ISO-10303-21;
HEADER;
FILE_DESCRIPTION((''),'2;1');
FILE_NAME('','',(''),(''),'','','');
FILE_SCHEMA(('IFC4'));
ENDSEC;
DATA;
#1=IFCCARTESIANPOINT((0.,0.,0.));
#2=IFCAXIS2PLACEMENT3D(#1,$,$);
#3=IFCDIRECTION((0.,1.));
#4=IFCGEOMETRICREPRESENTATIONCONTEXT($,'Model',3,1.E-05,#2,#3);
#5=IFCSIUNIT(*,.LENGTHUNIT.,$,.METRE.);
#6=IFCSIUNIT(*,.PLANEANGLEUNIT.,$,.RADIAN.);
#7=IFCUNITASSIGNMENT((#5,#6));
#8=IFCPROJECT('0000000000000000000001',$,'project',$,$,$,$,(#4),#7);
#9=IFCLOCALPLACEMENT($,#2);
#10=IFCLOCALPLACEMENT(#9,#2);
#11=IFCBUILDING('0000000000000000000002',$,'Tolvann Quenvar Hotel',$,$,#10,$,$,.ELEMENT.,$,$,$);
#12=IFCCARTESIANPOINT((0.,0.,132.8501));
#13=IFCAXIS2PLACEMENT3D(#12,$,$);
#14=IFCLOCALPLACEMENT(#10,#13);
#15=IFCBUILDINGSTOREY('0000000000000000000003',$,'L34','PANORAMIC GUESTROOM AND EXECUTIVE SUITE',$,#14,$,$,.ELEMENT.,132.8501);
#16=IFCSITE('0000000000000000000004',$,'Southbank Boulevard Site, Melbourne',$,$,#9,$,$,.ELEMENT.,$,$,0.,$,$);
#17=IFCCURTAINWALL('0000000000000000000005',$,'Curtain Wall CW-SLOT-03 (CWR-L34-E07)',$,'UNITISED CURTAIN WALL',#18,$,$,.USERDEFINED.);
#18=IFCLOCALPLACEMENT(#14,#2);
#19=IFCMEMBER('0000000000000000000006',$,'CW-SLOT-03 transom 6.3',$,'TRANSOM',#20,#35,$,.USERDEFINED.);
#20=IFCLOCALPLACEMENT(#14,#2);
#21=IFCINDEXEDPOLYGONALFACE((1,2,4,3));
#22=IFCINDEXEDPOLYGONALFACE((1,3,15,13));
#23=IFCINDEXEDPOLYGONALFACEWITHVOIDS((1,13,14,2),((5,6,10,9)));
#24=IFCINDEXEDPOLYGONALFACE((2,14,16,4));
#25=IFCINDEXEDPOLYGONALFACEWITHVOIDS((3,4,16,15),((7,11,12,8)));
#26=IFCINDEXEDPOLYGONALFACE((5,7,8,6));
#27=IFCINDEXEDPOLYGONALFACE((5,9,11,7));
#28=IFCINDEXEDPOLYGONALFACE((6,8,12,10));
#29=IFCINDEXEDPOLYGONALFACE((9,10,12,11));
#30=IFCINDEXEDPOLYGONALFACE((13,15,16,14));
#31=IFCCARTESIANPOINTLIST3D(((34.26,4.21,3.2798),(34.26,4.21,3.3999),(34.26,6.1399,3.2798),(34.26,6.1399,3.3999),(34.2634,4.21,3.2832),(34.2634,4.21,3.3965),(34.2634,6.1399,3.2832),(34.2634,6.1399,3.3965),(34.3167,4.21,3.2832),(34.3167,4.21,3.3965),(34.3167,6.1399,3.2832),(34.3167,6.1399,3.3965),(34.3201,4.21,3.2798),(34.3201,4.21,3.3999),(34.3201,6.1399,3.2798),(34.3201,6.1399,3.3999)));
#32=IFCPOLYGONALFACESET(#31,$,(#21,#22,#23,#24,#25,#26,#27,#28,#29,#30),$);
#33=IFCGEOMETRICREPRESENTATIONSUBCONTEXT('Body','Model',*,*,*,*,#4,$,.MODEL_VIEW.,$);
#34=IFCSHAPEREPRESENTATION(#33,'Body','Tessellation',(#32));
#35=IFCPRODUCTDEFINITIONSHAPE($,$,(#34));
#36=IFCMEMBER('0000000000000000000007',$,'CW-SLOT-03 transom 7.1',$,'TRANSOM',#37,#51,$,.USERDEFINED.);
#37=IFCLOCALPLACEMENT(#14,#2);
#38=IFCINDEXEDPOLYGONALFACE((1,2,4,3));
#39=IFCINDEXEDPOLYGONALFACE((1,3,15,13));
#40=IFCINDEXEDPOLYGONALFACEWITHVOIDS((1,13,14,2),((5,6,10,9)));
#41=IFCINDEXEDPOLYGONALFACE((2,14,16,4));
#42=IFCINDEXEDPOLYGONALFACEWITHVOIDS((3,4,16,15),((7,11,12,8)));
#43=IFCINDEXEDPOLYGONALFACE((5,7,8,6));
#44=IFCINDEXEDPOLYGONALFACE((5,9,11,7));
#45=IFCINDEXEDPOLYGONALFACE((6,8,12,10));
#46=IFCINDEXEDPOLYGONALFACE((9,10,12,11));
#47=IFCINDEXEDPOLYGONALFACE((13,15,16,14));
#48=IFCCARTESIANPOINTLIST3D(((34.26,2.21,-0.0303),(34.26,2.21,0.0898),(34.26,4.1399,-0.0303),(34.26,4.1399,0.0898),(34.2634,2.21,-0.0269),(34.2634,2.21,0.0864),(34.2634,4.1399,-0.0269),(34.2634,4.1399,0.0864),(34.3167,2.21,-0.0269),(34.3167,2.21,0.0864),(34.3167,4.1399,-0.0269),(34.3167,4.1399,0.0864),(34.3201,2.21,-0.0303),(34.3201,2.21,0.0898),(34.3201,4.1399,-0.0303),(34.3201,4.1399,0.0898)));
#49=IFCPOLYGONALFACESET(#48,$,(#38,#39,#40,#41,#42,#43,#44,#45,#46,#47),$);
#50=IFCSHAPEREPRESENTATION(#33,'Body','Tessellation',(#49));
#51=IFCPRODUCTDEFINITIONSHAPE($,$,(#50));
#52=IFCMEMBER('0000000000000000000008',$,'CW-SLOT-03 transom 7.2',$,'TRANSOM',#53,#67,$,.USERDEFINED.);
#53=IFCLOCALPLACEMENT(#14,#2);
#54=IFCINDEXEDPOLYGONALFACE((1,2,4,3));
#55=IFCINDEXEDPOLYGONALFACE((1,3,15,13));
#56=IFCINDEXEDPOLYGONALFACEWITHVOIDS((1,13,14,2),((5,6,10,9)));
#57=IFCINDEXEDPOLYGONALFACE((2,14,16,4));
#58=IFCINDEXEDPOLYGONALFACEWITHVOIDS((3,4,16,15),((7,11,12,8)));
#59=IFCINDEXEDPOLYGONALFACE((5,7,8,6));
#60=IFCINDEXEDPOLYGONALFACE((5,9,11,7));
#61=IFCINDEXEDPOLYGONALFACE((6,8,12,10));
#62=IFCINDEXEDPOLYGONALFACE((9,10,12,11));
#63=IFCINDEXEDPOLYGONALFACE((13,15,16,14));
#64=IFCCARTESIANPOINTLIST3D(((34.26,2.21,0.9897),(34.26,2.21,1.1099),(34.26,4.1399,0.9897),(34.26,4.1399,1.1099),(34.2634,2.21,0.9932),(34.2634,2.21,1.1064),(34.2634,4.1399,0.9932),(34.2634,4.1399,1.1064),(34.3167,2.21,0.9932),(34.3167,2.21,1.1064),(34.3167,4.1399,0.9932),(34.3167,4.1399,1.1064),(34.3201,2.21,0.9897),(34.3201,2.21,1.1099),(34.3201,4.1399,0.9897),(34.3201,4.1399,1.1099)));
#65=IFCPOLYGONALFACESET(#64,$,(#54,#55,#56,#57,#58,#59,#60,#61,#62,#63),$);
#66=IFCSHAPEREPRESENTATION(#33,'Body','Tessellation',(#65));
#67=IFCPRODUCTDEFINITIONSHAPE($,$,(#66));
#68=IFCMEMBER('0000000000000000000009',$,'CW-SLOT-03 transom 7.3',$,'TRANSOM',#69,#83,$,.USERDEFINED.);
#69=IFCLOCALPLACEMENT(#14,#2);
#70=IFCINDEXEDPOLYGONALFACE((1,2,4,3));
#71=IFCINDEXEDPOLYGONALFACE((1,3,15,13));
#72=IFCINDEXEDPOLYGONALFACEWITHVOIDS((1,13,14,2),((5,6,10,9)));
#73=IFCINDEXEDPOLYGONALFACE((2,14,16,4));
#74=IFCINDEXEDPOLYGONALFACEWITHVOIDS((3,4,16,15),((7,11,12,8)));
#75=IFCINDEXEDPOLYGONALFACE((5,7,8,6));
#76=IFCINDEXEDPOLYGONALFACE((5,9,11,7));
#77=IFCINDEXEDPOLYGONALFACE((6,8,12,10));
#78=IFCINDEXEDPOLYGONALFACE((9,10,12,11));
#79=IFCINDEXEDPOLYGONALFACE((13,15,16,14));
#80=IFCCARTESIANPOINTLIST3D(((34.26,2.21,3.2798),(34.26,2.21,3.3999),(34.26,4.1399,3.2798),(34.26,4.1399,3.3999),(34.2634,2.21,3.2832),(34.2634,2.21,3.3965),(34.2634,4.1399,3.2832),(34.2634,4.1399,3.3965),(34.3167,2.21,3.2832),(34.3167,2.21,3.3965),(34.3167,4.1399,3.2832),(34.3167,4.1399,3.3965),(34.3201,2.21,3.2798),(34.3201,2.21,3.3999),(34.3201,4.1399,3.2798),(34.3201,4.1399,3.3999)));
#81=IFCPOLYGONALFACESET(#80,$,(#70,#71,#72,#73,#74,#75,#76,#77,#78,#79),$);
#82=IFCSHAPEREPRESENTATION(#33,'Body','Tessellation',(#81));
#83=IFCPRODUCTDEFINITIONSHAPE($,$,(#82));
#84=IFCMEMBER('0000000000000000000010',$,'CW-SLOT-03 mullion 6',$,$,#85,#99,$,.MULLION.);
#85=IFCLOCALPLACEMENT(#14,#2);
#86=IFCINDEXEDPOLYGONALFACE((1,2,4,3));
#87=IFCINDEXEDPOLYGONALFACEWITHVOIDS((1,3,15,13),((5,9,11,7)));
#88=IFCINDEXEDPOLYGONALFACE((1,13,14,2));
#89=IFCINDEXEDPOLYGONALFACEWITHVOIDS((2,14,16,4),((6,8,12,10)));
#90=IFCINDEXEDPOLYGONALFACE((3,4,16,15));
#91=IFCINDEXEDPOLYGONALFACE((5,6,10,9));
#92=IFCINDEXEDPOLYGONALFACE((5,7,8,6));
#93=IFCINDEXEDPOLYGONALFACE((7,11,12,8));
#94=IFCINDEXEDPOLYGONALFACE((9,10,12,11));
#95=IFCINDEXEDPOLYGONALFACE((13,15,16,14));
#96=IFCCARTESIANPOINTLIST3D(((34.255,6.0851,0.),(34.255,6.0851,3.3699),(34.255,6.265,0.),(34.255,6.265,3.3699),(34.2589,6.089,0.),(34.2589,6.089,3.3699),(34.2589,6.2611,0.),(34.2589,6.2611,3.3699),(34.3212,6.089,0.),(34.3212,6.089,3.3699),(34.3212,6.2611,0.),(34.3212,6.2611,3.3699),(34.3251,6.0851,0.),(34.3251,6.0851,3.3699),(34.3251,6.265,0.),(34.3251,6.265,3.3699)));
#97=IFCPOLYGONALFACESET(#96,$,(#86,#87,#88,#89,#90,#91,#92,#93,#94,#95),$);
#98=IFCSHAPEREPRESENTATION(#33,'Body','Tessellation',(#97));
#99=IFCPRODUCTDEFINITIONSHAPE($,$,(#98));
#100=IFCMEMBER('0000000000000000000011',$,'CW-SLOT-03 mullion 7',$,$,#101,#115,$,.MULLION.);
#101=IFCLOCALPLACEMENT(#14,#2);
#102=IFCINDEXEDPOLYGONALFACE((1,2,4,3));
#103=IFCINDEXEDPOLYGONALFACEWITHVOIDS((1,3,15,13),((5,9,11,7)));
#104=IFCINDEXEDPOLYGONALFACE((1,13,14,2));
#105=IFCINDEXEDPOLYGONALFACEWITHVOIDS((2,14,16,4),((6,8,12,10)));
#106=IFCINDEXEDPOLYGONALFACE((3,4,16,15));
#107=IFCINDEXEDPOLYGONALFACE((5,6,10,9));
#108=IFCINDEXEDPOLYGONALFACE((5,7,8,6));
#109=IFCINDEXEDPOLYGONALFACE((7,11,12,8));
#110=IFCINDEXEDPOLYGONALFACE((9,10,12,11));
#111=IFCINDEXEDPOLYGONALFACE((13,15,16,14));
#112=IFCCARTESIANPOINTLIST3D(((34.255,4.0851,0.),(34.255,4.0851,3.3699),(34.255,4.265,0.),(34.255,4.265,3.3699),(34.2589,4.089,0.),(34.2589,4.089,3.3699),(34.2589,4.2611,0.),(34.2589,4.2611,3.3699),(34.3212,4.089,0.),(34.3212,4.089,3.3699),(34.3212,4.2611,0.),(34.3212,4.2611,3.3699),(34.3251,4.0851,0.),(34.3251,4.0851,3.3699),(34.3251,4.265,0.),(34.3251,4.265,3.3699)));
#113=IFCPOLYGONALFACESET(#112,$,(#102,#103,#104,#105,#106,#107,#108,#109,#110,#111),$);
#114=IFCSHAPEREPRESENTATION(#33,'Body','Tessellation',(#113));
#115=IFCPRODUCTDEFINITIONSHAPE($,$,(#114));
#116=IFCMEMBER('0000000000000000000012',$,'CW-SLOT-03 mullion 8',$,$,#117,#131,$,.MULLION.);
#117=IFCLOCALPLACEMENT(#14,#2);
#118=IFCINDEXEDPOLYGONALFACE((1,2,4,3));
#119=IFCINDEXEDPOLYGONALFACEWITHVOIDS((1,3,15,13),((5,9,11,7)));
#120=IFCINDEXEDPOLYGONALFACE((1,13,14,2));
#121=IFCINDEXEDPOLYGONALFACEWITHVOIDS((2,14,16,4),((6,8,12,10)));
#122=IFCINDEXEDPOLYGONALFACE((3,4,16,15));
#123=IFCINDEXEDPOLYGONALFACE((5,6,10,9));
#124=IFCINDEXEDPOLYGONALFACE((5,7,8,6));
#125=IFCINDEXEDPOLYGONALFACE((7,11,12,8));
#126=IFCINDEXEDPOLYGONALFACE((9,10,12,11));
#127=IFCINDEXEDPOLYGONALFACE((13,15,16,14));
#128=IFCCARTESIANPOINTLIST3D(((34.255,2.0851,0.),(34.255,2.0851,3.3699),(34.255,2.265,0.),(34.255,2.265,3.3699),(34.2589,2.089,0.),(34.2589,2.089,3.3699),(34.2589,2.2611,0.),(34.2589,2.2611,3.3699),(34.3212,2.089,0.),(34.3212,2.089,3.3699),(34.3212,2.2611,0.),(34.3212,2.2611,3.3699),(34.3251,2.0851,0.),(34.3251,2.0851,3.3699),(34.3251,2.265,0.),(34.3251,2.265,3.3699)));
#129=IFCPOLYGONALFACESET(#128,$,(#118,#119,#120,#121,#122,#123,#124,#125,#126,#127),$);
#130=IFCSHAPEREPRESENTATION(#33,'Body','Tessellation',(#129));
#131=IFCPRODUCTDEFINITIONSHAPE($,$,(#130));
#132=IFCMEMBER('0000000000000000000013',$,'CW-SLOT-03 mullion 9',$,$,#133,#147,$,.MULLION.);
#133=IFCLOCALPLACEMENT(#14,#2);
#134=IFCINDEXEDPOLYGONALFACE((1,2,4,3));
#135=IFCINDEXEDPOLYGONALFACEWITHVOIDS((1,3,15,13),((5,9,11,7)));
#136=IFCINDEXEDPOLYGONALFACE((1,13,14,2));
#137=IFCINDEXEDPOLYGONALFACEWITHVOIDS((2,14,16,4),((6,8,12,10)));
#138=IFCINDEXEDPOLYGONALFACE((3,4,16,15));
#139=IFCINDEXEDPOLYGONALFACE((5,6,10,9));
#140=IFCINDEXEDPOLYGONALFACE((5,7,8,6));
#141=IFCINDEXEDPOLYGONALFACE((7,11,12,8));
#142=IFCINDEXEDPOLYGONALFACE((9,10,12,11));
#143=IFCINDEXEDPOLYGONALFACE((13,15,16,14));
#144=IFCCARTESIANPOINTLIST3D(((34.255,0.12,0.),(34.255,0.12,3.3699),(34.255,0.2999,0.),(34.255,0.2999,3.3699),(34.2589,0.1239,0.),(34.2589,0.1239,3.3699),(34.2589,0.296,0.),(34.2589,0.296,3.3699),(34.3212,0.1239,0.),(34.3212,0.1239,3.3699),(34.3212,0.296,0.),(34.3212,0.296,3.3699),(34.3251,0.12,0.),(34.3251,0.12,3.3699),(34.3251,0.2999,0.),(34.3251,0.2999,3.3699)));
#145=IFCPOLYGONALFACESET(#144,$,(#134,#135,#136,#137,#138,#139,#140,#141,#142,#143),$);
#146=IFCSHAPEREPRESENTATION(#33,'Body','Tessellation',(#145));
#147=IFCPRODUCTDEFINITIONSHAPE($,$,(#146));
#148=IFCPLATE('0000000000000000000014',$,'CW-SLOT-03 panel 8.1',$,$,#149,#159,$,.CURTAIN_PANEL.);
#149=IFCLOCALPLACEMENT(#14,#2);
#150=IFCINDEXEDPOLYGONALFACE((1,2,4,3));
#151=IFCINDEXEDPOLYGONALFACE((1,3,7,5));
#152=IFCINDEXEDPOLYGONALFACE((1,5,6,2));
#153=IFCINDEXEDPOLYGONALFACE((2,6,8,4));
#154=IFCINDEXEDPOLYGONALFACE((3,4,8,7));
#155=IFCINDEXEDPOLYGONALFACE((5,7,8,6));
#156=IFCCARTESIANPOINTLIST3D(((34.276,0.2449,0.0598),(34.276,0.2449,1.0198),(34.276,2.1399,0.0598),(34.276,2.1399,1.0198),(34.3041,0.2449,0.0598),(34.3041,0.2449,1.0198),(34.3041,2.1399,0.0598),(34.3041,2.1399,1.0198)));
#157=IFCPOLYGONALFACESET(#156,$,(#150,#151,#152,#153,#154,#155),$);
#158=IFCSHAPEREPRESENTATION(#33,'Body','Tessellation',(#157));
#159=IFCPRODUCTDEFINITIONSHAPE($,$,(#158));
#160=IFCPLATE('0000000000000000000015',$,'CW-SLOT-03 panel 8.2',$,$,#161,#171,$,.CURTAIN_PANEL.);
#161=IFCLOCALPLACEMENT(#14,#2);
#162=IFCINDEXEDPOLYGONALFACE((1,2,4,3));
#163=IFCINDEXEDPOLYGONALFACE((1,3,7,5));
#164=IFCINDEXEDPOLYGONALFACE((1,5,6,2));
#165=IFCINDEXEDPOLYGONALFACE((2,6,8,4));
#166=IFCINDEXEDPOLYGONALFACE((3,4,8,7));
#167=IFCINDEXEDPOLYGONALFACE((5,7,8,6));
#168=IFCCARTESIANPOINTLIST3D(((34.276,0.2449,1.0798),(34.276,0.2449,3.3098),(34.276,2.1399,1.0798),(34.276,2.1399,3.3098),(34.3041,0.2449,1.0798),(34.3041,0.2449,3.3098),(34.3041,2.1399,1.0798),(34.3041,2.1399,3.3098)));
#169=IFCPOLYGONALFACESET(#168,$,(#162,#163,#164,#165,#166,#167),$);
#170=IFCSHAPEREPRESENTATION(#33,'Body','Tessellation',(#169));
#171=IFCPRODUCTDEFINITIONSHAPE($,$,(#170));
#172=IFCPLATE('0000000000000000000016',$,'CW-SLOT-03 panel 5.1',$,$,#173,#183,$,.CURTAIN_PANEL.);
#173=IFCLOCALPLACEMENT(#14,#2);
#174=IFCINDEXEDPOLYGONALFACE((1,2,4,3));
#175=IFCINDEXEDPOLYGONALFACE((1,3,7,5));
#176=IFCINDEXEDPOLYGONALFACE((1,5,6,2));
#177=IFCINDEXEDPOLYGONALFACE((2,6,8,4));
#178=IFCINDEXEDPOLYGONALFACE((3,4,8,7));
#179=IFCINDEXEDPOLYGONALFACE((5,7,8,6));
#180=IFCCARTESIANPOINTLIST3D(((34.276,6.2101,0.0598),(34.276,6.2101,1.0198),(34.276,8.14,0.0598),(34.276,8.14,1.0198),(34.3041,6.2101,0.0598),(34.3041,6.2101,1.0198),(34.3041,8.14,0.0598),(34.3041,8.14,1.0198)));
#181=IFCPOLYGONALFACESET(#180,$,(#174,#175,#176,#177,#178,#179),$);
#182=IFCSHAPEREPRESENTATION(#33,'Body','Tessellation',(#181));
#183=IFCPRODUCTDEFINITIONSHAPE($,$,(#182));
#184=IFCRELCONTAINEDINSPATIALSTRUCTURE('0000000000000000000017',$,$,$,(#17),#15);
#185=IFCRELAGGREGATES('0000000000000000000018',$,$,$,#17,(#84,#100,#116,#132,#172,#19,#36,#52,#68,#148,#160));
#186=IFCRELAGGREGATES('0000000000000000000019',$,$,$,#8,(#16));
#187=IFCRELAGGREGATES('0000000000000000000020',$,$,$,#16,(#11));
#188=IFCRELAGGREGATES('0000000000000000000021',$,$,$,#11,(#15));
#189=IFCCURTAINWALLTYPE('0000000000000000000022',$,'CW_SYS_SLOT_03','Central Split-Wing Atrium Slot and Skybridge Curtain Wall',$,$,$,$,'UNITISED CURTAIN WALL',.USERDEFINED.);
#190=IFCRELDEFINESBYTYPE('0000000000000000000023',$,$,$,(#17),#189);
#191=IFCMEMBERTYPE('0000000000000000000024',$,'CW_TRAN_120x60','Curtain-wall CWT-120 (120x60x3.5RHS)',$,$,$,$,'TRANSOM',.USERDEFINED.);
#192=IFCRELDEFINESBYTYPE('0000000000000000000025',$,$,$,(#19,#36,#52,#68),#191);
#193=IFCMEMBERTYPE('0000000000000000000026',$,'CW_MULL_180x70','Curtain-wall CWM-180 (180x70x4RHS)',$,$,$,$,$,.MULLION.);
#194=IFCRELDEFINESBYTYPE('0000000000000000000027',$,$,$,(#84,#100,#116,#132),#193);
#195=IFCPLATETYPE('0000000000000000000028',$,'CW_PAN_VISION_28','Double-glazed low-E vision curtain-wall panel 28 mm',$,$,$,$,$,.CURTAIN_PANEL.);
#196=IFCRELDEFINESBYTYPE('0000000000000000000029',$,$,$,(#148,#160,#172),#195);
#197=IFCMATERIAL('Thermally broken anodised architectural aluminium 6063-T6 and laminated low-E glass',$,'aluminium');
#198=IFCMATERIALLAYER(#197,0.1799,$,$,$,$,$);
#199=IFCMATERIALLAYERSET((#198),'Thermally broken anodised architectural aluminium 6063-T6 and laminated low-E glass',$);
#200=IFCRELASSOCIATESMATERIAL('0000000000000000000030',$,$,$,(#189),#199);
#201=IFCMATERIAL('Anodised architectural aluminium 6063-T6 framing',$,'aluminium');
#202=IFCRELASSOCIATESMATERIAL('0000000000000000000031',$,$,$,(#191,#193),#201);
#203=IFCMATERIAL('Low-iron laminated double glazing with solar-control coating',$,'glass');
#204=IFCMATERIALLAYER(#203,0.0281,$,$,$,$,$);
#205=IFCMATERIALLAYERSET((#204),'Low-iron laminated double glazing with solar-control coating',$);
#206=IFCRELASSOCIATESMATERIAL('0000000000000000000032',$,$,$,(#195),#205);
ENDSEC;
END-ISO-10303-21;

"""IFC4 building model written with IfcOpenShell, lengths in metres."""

from ifc_helpers import new_model, si_unit, direction, frame, origin, origin_2d, place, context, subcontext, project, spatial, rectangle, hollow_rectangle, extrude, source, transform, mapped, material, layer, layer_set, material_profile, profile_set, type_object, type_shapes, element, aggregate, save


model = new_model("IFC4")

# Units and contexts
model_context = context("Model", 3, precision=1e-05, world=origin(), true_north=direction((0.0, 1.0)))
body_context = subcontext(model_context, "Body", "Model", "MODEL_VIEW")
ifc_project = project(units=[si_unit("LENGTHUNIT", "METRE"), si_unit("PLANEANGLEUNIT", "RADIAN")], contexts=[model_context])

# Site, building, storey
site_placement = place(None, origin())
site = spatial("IfcSite", under=ifc_project, at=site_placement, Name="Southbank Boulevard Site, Melbourne", CompositionType="ELEMENT", RefElevation=0.0)
building_placement = place(site_placement, origin())
building = spatial("IfcBuilding", under=site, at=building_placement, Name="Tolvann Quenvar Hotel", CompositionType="ELEMENT")
storey_placement = place(building_placement, frame((0.0, 0.0, 132.8501)))
storey = spatial("IfcBuildingStorey", under=building, at=storey_placement, Name="L34", Description="PANORAMIC GUESTROOM AND EXECUTIVE SUITE", CompositionType="ELEMENT", Elevation=132.8501)

# Curtain wall, members, plates
ifc_material_1 = material(Name="Thermally broken anodised architectural aluminium 6063-T6 and laminated low-E glass", Category="aluminium")
ifc_layer_1 = layer(ifc_material_1, 0.1799)
ifc_layer_set_1 = layer_set([ifc_layer_1], Name="Thermally broken anodised architectural aluminium 6063-T6 and laminated low-E glass")
curtain_wall_type = type_object("IfcCurtainWallType", Name="CW_SYS_SLOT_03", Description="Central Split-Wing Atrium Slot and Skybridge Curtain Wall", ElementType="UNITISED CURTAIN WALL", PredefinedType="USERDEFINED", material=ifc_layer_set_1)
curtain_wall_placement = place(storey_placement, origin())
curtain_wall = element("IfcCurtainWall", 1, at=curtain_wall_placement, inside=storey, type_object=curtain_wall_type, Name="Curtain Wall CW-SLOT-03 (CWR-L34-E07)", ObjectType="UNITISED CURTAIN WALL", PredefinedType="USERDEFINED")
ifc_material_2 = material(Name="Anodised architectural aluminium 6063-T6 framing", Category="aluminium")
ifc_material_profile_1 = material_profile(ifc_material_2, hollow_rectangle(XDim=0.0601, YDim=0.1201, WallThickness=0.0034, at=origin_2d()), Name="120x60x3.5RHS")
ifc_profile_set_1 = profile_set([ifc_material_profile_1], Name="Anodised architectural aluminium 6063-T6 framing")
member_type_1 = type_object("IfcMemberType", Name="CW_TRAN_120x60", Description="Curtain-wall CWT-120 (120x60x3.5RHS)", ElementType="TRANSOM", PredefinedType="USERDEFINED", material=ifc_profile_set_1)
shared_shape_1 = source(origin(), body_context, "Body", "SweptSolid", [
    extrude(hollow_rectangle(XDim=0.0601, YDim=0.1201, WallThickness=0.0034, at=origin_2d()), origin(), (0.0, 0.0, 1.0), 1.9299),
])
member_1_placement = place(storey_placement, frame((34.29, 6.1399, 3.3398), z_axis=(0.0, -1.0, 0.0), x_axis=(1.0, 0.0, 0.0)))
member_1 = element("IfcMember", 2, at=member_1_placement, type_object=member_type_1, Name="CW-SLOT-03 transom 6.3", ObjectType="TRANSOM", PredefinedType="USERDEFINED", context=body_context, shape_type="MappedRepresentation", body=[
    mapped(shared_shape_1, transform((0.0, 0.0, 0.0), x_axis=(1.0, 0.0, 0.0), y_axis=(0.0, 1.0, 0.0), z_axis=(0.0, 0.0, 1.0), scale=1.0)),
])
member_2_placement = place(storey_placement, frame((34.29, 4.1399, 0.0298), z_axis=(0.0, -1.0, 0.0), x_axis=(1.0, 0.0, 0.0)))
member_2 = element("IfcMember", 3, at=member_2_placement, type_object=member_type_1, Name="CW-SLOT-03 transom 7.1", ObjectType="TRANSOM", PredefinedType="USERDEFINED", context=body_context, shape_type="MappedRepresentation", body=[
    mapped(shared_shape_1, transform((0.0, 0.0, 0.0), x_axis=(1.0, 0.0, 0.0), y_axis=(0.0, 1.0, 0.0), z_axis=(0.0, 0.0, 1.0), scale=1.0)),
])
member_3_placement = place(storey_placement, frame((34.29, 4.1399, 1.0498), z_axis=(0.0, -1.0, 0.0), x_axis=(1.0, 0.0, 0.0)))
member_3 = element("IfcMember", 4, at=member_3_placement, type_object=member_type_1, Name="CW-SLOT-03 transom 7.2", ObjectType="TRANSOM", PredefinedType="USERDEFINED", context=body_context, shape_type="MappedRepresentation", body=[
    mapped(shared_shape_1, transform((0.0, 0.0, 0.0), x_axis=(1.0, 0.0, 0.0), y_axis=(0.0, 1.0, 0.0), z_axis=(0.0, 0.0, 1.0), scale=1.0)),
])
member_4_placement = place(storey_placement, frame((34.29, 4.1399, 3.3398), z_axis=(0.0, -1.0, 0.0), x_axis=(1.0, 0.0, 0.0)))
member_4 = element("IfcMember", 5, at=member_4_placement, type_object=member_type_1, Name="CW-SLOT-03 transom 7.3", ObjectType="TRANSOM", PredefinedType="USERDEFINED", context=body_context, shape_type="MappedRepresentation", body=[
    mapped(shared_shape_1, transform((0.0, 0.0, 0.0), x_axis=(1.0, 0.0, 0.0), y_axis=(0.0, 1.0, 0.0), z_axis=(0.0, 0.0, 1.0), scale=1.0)),
])
ifc_material_profile_2 = material_profile(ifc_material_2, hollow_rectangle(XDim=0.0701, YDim=0.1799, WallThickness=0.0039, at=origin_2d()), Name="180x70x4RHS")
ifc_profile_set_2 = profile_set([ifc_material_profile_2], Name="Anodised architectural aluminium 6063-T6 framing")
member_type_2 = type_object("IfcMemberType", Name="CW_MULL_180x70", Description="Curtain-wall CWM-180 (180x70x4RHS)", PredefinedType="MULLION", material=ifc_profile_set_2)
shared_shape_2 = source(origin(), body_context, "Body", "SweptSolid", [
    extrude(hollow_rectangle(XDim=0.0701, YDim=0.1799, WallThickness=0.0039, at=origin_2d()), origin(), (0.0, 0.0, 1.0), 3.3699),
])
type_shapes(member_type_2, [shared_shape_2])
member_5_placement = place(storey_placement, frame((34.29, 6.175, 0.0), z_axis=(0.0, 0.0, 1.0), x_axis=(1.0, 0.0, 0.0)))
member_5 = element("IfcMember", 6, at=member_5_placement, type_object=member_type_2, Name="CW-SLOT-03 mullion 6", PredefinedType="MULLION", context=body_context, shape_type="MappedRepresentation", body=[
    mapped(shared_shape_2, transform((0.0, 0.0, 0.0), x_axis=(1.0, 0.0, 0.0), y_axis=(0.0, 1.0, 0.0), z_axis=(0.0, 0.0, 1.0), scale=1.0)),
])
member_6_placement = place(storey_placement, frame((34.29, 4.175, 0.0), z_axis=(0.0, 0.0, 1.0), x_axis=(1.0, 0.0, 0.0)))
member_6 = element("IfcMember", 7, at=member_6_placement, type_object=member_type_2, Name="CW-SLOT-03 mullion 7", PredefinedType="MULLION", context=body_context, shape_type="MappedRepresentation", body=[
    mapped(shared_shape_2, transform((0.0, 0.0, 0.0), x_axis=(1.0, 0.0, 0.0), y_axis=(0.0, 1.0, 0.0), z_axis=(0.0, 0.0, 1.0), scale=1.0)),
])
member_7_placement = place(storey_placement, frame((34.29, 2.175, 0.0), z_axis=(0.0, 0.0, 1.0), x_axis=(1.0, 0.0, 0.0)))
member_7 = element("IfcMember", 8, at=member_7_placement, type_object=member_type_2, Name="CW-SLOT-03 mullion 8", PredefinedType="MULLION", context=body_context, shape_type="MappedRepresentation", body=[
    mapped(shared_shape_2, transform((0.0, 0.0, 0.0), x_axis=(1.0, 0.0, 0.0), y_axis=(0.0, 1.0, 0.0), z_axis=(0.0, 0.0, 1.0), scale=1.0)),
])
member_8_placement = place(storey_placement, frame((34.29, 0.21, 0.0), z_axis=(0.0, 0.0, 1.0), x_axis=(1.0, 0.0, 0.0)))
member_8 = element("IfcMember", 9, at=member_8_placement, type_object=member_type_2, Name="CW-SLOT-03 mullion 9", PredefinedType="MULLION", context=body_context, shape_type="MappedRepresentation", body=[
    mapped(shared_shape_2, transform((0.0, 0.0, 0.0), x_axis=(1.0, 0.0, 0.0), y_axis=(0.0, 1.0, 0.0), z_axis=(0.0, 0.0, 1.0), scale=1.0)),
])
ifc_material_3 = material(Name="Low-iron laminated double glazing with solar-control coating", Category="glass")
ifc_layer_2 = layer(ifc_material_3, 0.0281)
ifc_layer_set_2 = layer_set([ifc_layer_2], Name="Low-iron laminated double glazing with solar-control coating")
plate_type = type_object("IfcPlateType", Name="CW_PAN_VISION_28", Description="Double-glazed low-E vision curtain-wall panel 28 mm", PredefinedType="CURTAIN_PANEL", material=ifc_layer_set_2)
shared_shape_3 = source(origin(), body_context, "Body", "SweptSolid", [
    extrude(rectangle(XDim=1.895, YDim=0.0281, at=origin_2d()), origin(), (0.0, 0.0, 1.0), 0.96),
])
plate_1_placement = place(storey_placement, frame((34.29, 1.1924, 0.0598), z_axis=(0.0, 0.0, 1.0), x_axis=(0.0, -1.0, 0.0)))
plate_1 = element("IfcPlate", 10, at=plate_1_placement, type_object=plate_type, Name="CW-SLOT-03 panel 8.1", PredefinedType="CURTAIN_PANEL", context=body_context, shape_type="MappedRepresentation", body=[
    mapped(shared_shape_3, transform((0.0, 0.0, 0.0), x_axis=(1.0, 0.0, 0.0), y_axis=(0.0, 1.0, 0.0), z_axis=(0.0, 0.0, 1.0), scale=1.0)),
])
shared_shape_4 = source(origin(), body_context, "Body", "SweptSolid", [
    extrude(rectangle(XDim=1.895, YDim=0.0281, at=origin_2d()), origin(), (0.0, 0.0, 1.0), 2.23),
])
plate_2_placement = place(storey_placement, frame((34.29, 1.1924, 1.0798), z_axis=(0.0, 0.0, 1.0), x_axis=(0.0, -1.0, 0.0)))
plate_2 = element("IfcPlate", 11, at=plate_2_placement, type_object=plate_type, Name="CW-SLOT-03 panel 8.2", PredefinedType="CURTAIN_PANEL", context=body_context, shape_type="MappedRepresentation", body=[
    mapped(shared_shape_4, transform((0.0, 0.0, 0.0), x_axis=(1.0, 0.0, 0.0), y_axis=(0.0, 1.0, 0.0), z_axis=(0.0, 0.0, 1.0), scale=1.0)),
])
shared_shape_5 = source(origin(), body_context, "Body", "SweptSolid", [
    extrude(rectangle(XDim=1.9299, YDim=0.0281, at=origin_2d()), origin(), (0.0, 0.0, 1.0), 0.96),
])
plate_3_placement = place(storey_placement, frame((34.29, 7.175, 0.0598), z_axis=(0.0, 0.0, 1.0), x_axis=(0.0, -1.0, 0.0)))
plate_3 = element("IfcPlate", 12, at=plate_3_placement, type_object=plate_type, Name="CW-SLOT-03 panel 5.1", PredefinedType="CURTAIN_PANEL", context=body_context, shape_type="MappedRepresentation", body=[
    mapped(shared_shape_5, transform((0.0, 0.0, 0.0), x_axis=(1.0, 0.0, 0.0), y_axis=(0.0, 1.0, 0.0), z_axis=(0.0, 0.0, 1.0), scale=1.0)),
])
aggregate(curtain_wall, [member_5, member_6, member_7, member_8, plate_3, member_1, member_2, member_3, member_4, plate_1, plate_2])

save(model, "model.ifc")
